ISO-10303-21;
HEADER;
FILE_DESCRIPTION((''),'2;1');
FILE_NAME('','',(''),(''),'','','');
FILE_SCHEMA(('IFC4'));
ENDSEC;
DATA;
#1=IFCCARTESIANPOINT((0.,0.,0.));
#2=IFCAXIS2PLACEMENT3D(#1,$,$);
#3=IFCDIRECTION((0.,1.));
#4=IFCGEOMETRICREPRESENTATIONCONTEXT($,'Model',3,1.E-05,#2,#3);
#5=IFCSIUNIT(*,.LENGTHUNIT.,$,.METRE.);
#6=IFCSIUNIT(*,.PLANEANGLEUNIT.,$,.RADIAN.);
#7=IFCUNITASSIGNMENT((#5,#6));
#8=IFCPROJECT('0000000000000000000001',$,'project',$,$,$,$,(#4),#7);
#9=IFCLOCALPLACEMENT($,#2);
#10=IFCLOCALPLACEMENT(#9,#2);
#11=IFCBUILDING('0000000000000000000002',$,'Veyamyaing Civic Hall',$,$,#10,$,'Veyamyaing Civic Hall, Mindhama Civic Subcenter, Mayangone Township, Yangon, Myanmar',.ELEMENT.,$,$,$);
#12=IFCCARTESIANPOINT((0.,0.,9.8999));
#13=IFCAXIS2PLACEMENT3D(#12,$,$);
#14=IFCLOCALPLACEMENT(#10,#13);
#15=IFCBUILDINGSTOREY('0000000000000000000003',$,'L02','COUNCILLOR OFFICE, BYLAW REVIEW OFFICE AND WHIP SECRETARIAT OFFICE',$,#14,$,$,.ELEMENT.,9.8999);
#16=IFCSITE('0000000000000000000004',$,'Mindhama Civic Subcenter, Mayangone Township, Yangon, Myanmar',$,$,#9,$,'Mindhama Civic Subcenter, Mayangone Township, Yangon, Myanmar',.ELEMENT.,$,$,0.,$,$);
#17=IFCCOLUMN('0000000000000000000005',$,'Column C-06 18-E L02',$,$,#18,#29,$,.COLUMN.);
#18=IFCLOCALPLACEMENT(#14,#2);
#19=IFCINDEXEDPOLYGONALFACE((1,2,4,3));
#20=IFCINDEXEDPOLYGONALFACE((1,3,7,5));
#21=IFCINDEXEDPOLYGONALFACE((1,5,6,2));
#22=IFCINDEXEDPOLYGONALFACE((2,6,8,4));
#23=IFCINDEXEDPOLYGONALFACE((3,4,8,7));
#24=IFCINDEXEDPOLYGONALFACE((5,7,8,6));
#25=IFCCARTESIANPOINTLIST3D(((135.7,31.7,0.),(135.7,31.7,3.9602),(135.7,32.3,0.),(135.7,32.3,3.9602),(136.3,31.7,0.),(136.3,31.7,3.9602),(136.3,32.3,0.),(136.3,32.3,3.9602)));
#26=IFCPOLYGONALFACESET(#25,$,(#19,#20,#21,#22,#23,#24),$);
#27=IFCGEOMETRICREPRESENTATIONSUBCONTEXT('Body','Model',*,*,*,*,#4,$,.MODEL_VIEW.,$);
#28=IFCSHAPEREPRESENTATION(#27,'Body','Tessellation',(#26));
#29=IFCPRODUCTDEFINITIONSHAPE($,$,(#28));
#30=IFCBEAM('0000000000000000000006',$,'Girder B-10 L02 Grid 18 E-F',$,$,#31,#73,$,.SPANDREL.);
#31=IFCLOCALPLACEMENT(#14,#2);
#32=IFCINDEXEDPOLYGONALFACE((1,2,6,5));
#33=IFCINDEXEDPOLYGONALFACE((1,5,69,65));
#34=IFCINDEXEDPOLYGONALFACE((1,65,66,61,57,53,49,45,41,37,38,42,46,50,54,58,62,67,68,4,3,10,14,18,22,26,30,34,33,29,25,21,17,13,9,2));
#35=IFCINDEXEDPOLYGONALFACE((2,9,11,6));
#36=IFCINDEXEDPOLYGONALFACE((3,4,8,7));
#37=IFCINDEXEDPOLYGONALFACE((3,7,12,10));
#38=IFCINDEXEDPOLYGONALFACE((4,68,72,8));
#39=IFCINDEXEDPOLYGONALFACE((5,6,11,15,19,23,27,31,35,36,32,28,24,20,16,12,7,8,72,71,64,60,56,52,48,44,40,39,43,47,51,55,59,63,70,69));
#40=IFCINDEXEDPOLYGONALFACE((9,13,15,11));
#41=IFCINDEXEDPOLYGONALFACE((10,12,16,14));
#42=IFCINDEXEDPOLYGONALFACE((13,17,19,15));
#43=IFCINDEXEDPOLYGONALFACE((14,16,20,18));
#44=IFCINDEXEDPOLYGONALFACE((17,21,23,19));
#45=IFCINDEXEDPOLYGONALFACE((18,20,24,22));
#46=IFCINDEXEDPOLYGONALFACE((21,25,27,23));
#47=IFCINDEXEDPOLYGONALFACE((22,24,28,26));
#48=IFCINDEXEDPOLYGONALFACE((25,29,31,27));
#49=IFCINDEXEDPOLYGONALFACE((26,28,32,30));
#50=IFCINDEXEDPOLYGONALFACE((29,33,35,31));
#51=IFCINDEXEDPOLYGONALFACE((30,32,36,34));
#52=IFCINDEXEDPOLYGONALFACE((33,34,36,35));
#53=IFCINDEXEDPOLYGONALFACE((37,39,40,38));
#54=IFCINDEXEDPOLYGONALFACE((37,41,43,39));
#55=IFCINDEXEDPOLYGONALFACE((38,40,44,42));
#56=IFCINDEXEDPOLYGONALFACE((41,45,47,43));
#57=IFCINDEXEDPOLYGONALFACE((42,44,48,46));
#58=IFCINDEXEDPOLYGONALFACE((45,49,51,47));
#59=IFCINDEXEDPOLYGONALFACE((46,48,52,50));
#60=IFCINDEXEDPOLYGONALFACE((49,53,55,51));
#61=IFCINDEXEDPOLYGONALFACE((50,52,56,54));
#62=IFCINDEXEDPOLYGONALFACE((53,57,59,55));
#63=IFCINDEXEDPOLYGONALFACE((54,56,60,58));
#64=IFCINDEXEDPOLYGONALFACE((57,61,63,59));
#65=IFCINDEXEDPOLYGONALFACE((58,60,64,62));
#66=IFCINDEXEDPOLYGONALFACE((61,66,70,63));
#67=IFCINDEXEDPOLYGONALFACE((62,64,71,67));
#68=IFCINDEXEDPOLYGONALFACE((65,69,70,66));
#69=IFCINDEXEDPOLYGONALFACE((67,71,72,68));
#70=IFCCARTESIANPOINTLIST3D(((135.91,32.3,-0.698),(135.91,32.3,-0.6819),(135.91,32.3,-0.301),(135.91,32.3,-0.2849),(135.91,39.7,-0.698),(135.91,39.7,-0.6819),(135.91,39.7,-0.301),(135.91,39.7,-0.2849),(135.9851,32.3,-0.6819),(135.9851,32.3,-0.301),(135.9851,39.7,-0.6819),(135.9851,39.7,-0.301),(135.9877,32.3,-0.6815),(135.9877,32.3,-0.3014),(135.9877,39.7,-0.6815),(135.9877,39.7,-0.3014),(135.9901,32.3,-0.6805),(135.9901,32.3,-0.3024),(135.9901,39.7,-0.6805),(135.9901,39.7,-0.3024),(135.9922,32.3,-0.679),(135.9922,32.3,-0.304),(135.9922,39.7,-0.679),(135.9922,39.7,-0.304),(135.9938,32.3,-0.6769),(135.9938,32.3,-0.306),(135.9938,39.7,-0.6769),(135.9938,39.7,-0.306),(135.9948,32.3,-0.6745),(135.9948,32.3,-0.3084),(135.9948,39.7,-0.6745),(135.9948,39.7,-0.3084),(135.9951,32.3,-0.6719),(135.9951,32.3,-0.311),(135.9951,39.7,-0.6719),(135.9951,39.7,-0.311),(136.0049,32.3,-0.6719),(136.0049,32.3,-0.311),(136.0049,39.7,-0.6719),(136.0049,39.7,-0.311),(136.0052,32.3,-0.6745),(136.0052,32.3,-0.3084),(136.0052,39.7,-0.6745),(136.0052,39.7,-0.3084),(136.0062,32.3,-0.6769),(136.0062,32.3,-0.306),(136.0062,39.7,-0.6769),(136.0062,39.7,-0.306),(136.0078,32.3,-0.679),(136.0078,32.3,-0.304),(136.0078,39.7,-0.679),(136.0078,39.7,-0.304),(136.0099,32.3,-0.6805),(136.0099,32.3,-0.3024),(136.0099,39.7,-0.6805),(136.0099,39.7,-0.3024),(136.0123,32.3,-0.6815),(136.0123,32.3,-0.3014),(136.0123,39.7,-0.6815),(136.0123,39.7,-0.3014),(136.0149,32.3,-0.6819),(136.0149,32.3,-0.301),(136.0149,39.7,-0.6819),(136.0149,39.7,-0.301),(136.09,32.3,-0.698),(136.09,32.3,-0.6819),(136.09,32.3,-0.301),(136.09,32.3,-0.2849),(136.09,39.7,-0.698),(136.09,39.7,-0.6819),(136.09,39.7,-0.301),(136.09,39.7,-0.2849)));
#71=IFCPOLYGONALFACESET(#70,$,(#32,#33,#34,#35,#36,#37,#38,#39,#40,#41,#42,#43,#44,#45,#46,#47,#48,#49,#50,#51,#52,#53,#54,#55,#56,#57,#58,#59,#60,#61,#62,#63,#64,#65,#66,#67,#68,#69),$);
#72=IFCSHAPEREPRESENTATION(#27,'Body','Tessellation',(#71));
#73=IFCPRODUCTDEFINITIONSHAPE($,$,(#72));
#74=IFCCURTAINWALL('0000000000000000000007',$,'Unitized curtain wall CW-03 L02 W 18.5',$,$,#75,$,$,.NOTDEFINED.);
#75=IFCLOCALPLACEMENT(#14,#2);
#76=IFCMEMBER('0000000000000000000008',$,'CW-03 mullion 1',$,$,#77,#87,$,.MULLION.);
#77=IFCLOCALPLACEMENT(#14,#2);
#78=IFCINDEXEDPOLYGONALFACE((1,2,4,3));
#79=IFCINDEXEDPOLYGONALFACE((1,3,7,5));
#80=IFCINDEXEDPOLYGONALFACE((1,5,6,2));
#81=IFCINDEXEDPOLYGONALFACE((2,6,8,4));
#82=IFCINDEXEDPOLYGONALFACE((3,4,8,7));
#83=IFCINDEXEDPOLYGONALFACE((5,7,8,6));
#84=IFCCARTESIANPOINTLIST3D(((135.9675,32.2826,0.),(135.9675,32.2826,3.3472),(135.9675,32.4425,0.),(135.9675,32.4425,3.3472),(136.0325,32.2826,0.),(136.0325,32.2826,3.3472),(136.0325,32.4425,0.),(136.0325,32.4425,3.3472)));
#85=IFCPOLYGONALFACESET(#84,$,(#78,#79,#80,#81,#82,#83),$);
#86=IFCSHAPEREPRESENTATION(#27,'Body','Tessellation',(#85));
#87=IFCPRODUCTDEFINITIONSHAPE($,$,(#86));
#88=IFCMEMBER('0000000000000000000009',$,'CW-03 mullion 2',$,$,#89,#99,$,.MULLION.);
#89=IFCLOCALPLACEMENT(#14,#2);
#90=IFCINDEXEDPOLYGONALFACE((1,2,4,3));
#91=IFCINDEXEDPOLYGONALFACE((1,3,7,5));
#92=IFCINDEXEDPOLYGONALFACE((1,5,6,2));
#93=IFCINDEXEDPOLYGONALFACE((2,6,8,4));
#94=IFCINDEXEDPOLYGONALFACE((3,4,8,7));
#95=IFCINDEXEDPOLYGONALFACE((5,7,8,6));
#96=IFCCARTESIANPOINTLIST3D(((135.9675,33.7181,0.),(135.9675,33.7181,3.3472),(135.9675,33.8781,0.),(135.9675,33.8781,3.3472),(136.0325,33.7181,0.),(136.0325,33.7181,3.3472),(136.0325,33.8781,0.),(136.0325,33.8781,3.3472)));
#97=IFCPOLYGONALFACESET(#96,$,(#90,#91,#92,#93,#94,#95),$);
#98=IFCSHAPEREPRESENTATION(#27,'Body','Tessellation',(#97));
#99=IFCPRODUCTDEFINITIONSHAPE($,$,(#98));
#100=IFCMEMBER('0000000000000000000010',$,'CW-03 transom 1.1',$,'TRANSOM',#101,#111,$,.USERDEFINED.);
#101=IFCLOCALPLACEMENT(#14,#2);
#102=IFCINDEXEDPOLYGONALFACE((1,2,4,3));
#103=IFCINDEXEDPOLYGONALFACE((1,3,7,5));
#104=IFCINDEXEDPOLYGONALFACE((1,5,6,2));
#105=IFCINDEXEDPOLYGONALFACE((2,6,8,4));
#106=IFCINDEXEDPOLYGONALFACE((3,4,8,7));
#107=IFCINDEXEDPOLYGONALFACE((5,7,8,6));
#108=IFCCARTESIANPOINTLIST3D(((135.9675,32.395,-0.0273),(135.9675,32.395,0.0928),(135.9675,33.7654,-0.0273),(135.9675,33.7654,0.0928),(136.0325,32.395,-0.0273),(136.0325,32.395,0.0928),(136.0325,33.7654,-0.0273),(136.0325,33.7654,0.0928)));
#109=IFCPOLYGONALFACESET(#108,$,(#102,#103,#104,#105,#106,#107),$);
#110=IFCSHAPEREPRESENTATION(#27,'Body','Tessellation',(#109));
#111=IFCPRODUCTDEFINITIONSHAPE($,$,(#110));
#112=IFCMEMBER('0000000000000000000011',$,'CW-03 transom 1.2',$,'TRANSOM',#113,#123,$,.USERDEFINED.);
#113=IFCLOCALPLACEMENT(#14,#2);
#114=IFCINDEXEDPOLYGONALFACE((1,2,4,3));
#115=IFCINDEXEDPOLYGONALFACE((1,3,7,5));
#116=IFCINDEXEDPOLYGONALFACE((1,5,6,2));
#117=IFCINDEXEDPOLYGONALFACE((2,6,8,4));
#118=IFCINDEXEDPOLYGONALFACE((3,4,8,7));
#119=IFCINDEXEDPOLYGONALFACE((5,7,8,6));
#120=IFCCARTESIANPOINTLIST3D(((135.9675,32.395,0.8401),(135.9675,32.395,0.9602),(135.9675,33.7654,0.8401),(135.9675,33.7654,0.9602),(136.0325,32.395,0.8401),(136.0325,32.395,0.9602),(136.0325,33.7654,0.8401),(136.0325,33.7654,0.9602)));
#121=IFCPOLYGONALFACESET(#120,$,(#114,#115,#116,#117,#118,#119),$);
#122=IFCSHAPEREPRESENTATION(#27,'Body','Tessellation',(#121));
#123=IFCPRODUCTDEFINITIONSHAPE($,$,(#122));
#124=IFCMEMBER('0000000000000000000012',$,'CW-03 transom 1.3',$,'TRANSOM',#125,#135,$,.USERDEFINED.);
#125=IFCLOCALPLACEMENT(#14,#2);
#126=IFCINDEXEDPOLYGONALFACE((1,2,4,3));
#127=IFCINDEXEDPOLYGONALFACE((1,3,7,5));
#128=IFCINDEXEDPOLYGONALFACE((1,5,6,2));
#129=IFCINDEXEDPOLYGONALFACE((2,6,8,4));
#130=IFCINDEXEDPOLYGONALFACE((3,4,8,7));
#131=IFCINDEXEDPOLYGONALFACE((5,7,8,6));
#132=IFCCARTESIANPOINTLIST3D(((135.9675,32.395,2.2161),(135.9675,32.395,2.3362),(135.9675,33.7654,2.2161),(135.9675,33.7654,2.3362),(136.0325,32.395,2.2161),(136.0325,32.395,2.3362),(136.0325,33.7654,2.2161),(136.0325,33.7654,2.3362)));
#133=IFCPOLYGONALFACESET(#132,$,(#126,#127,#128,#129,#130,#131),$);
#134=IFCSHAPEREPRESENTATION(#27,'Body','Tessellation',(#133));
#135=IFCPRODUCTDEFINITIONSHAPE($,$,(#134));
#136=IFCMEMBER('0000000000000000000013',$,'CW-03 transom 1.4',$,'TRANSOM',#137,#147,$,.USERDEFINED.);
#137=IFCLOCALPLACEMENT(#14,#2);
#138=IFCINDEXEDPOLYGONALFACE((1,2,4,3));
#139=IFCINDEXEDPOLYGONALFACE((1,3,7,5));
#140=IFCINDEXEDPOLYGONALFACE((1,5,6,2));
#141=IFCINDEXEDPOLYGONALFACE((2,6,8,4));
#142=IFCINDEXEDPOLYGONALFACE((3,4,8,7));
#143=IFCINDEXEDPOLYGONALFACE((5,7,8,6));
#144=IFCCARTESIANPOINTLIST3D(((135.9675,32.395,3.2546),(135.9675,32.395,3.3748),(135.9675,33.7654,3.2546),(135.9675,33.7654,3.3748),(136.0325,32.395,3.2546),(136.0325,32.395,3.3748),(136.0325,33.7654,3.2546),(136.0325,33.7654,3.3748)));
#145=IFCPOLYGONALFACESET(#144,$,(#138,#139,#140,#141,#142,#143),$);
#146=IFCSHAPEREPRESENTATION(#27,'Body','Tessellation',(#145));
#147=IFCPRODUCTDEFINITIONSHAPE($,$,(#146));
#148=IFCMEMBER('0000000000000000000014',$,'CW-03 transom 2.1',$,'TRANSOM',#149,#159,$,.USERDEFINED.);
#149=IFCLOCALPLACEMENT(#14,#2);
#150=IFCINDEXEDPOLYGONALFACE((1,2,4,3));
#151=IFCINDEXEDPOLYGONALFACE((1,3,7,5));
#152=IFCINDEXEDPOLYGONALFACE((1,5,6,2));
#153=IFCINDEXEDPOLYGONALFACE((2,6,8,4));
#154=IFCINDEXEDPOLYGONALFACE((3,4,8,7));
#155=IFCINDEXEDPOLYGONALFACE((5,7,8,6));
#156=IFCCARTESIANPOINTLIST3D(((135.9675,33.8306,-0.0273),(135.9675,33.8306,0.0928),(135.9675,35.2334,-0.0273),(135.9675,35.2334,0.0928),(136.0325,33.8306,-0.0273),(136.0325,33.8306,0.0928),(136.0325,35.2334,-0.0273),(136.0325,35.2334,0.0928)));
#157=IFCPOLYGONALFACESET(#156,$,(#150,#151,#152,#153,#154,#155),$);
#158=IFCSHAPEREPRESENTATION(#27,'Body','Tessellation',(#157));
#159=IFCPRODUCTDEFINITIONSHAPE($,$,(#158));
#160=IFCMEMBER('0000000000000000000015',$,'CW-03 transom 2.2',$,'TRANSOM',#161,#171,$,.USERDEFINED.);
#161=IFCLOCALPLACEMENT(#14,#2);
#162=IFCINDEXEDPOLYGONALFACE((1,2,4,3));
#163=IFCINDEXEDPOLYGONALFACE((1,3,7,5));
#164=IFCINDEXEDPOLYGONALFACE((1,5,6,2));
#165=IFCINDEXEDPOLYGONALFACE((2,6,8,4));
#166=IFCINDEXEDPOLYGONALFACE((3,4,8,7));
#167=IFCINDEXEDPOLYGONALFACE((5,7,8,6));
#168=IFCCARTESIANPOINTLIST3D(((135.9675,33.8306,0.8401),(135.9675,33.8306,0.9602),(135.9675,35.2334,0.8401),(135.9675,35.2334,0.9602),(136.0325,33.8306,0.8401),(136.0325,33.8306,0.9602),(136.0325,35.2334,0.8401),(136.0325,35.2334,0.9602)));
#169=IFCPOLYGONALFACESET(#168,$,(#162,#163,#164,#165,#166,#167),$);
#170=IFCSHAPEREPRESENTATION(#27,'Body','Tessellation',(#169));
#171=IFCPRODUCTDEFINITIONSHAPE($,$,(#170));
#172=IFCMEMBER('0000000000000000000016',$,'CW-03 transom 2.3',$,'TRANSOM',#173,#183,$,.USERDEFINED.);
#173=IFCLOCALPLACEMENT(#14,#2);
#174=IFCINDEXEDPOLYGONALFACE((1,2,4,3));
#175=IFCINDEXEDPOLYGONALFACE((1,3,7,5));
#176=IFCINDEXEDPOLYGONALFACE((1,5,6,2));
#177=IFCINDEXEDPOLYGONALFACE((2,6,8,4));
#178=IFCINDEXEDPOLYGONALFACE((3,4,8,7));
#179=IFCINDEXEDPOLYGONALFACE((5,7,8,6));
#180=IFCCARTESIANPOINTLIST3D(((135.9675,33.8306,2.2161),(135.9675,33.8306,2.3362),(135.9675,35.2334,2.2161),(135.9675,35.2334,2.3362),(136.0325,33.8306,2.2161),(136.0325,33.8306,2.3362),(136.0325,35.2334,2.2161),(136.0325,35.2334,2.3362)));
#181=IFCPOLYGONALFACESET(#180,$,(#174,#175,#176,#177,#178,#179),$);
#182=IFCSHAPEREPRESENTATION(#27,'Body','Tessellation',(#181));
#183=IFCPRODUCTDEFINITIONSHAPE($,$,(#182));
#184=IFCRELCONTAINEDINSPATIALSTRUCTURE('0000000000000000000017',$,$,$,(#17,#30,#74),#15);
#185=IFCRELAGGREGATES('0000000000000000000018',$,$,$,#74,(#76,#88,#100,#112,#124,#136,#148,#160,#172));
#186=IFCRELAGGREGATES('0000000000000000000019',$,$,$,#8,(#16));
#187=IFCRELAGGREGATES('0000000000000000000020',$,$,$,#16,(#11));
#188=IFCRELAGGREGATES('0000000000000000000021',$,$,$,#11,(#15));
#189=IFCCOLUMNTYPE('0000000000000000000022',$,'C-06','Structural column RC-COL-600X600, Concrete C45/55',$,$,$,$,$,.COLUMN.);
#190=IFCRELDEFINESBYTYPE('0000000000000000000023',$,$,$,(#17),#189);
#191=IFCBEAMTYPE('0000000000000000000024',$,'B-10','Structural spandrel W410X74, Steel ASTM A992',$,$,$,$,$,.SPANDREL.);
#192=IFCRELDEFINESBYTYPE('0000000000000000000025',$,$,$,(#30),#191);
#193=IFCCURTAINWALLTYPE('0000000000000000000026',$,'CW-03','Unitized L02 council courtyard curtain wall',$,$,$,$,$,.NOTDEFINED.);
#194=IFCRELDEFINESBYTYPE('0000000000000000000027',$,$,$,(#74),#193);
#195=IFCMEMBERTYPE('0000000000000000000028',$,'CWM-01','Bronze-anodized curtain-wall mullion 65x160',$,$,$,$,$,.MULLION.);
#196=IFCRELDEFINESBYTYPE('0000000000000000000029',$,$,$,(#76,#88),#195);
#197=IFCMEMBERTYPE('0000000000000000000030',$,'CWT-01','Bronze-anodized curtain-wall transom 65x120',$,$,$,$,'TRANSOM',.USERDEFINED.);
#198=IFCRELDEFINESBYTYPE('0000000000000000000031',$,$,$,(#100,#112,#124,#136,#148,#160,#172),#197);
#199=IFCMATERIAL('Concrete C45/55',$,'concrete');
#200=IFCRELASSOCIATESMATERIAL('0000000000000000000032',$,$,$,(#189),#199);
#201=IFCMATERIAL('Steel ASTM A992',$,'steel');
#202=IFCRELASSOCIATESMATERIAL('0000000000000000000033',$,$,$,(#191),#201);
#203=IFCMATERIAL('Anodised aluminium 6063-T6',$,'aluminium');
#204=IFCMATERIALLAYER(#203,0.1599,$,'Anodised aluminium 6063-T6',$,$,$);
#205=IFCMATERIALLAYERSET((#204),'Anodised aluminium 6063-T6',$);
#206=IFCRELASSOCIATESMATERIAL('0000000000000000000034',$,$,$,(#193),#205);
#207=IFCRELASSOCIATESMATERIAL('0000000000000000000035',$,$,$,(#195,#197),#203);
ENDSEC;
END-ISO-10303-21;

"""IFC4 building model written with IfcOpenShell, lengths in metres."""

from ifc_helpers import new_model, si_unit, direction, frame, origin, origin_2d, place, context, subcontext, project, spatial, rectangle, i_section, extrude, material, layer, layer_set, material_profile, profile_set, type_object, element, aggregate, save


model = new_model("IFC4")

# Units and contexts
model_context = context("Model", 3, precision=1e-05, world=origin(), true_north=direction((0.0, 1.0)))
body_context = subcontext(model_context, "Body", "Model", "MODEL_VIEW")
ifc_project = project(units=[si_unit("LENGTHUNIT", "METRE"), si_unit("PLANEANGLEUNIT", "RADIAN")], contexts=[model_context])

# Site, building, storey
site_placement = place(None, origin())
site = spatial("IfcSite", under=ifc_project, at=site_placement, Name="Mindhama Civic Subcenter, Mayangone Township, Yangon, Myanmar", LongName="Mindhama Civic Subcenter, Mayangone Township, Yangon, Myanmar", CompositionType="ELEMENT", RefElevation=0.0)
building_placement = place(site_placement, origin())
building = spatial("IfcBuilding", under=site, at=building_placement, Name="Veyamyaing Civic Hall", LongName="Veyamyaing Civic Hall, Mindhama Civic Subcenter, Mayangone Township, Yangon, Myanmar", CompositionType="ELEMENT")
storey_placement = place(building_placement, frame((0.0, 0.0, 9.8999)))
storey = spatial("IfcBuildingStorey", under=building, at=storey_placement, Name="L02", Description="COUNCILLOR OFFICE, BYLAW REVIEW OFFICE AND WHIP SECRETARIAT OFFICE", CompositionType="ELEMENT", Elevation=9.8999)

# Column
ifc_material_1 = material(Name="Concrete C45/55", Category="concrete")
ifc_material_profile_1 = material_profile(ifc_material_1, rectangle(XDim=0.6001, YDim=0.6001, at=origin_2d()), Name="RC-COL-600X600")
ifc_profile_set_1 = profile_set([ifc_material_profile_1], Name="Concrete C45/55")
column_type = type_object("IfcColumnType", Name="C-06", Description="Structural column RC-COL-600X600, Concrete C45/55", PredefinedType="COLUMN", material=ifc_profile_set_1)
column_placement = place(storey_placement, frame((136.0, 32.0, 0.0), z_axis=(0.0, 0.0, 1.0), x_axis=(1.0, 0.0, 0.0)))
element("IfcColumn", 1, at=column_placement, inside=storey, type_object=column_type, Name="Column C-06 18-E L02", PredefinedType="COLUMN", context=body_context, shape_type="SweptSolid", body=[
    extrude(rectangle(XDim=0.6001, YDim=0.6001, at=origin_2d()), origin(), (0.0, 0.0, 1.0), 3.9602),
])

# Beam
ifc_material_2 = material(Name="Steel ASTM A992", Category="steel")
ifc_material_profile_2 = material_profile(ifc_material_2, i_section(OverallWidth=0.1799, OverallDepth=0.4131, WebThickness=0.0098, FlangeThickness=0.0161, FilletRadius=0.01, at=origin_2d()), Name="W410X74")
ifc_profile_set_2 = profile_set([ifc_material_profile_2], Name="Steel ASTM A992")
beam_type = type_object("IfcBeamType", Name="B-10", Description="Structural spandrel W410X74, Steel ASTM A992", PredefinedType="SPANDREL", material=ifc_profile_set_2)
beam_placement = place(storey_placement, frame((136.0, 32.3, -0.4915), z_axis=(0.0, 1.0, 0.0), x_axis=(-1.0, 0.0, 0.0)))
element("IfcBeam", 2, at=beam_placement, inside=storey, type_object=beam_type, Name="Girder B-10 L02 Grid 18 E-F", PredefinedType="SPANDREL", context=body_context, shape_type="SweptSolid", body=[
    extrude(i_section(OverallWidth=0.1799, OverallDepth=0.4131, WebThickness=0.0098, FlangeThickness=0.0161, FilletRadius=0.01, at=origin_2d()), origin(), (0.0, 0.0, 1.0), 7.3999),
])

# Curtain wall, members
ifc_material_3 = material(Name="Anodised aluminium 6063-T6", Category="aluminium")
ifc_layer_1 = layer(ifc_material_3, 0.1599, Name="Anodised aluminium 6063-T6")
ifc_layer_set_1 = layer_set([ifc_layer_1], Name="Anodised aluminium 6063-T6")
curtain_wall_type = type_object("IfcCurtainWallType", Name="CW-03", Description="Unitized L02 council courtyard curtain wall", PredefinedType="NOTDEFINED", material=ifc_layer_set_1)
curtain_wall_placement = place(storey_placement, origin())
curtain_wall = element("IfcCurtainWall", 3, at=curtain_wall_placement, inside=storey, type_object=curtain_wall_type, Name="Unitized curtain wall CW-03 L02 W 18.5", PredefinedType="NOTDEFINED")
ifc_material_profile_3 = material_profile(ifc_material_3, rectangle(XDim=0.0649, YDim=0.1599, at=origin_2d()), Name="ALU-MUL-65X160")
ifc_profile_set_3 = profile_set([ifc_material_profile_3], Name="Anodised aluminium 6063-T6")
member_type_1 = type_object("IfcMemberType", Name="CWM-01", Description="Bronze-anodized curtain-wall mullion 65x160", PredefinedType="MULLION", material=ifc_profile_set_3)
member_1_placement = place(storey_placement, frame((136.0, 32.3625, 0.0), z_axis=(0.0, 0.0, 1.0), x_axis=(-1.0, 0.0, 0.0)))
member_1 = element("IfcMember", 4, at=member_1_placement, type_object=member_type_1, Name="CW-03 mullion 1", PredefinedType="MULLION", context=body_context, shape_type="SweptSolid", body=[
    extrude(rectangle(XDim=0.0649, YDim=0.1599, at=origin_2d()), origin(), (0.0, 0.0, 1.0), 3.3472),
])
member_2_placement = place(storey_placement, frame((136.0, 33.7981, 0.0), z_axis=(0.0, 0.0, 1.0), x_axis=(-1.0, 0.0, 0.0)))
member_2 = element("IfcMember", 5, at=member_2_placement, type_object=member_type_1, Name="CW-03 mullion 2", PredefinedType="MULLION", context=body_context, shape_type="SweptSolid", body=[
    extrude(rectangle(XDim=0.0649, YDim=0.1599, at=origin_2d()), origin(), (0.0, 0.0, 1.0), 3.3472),
])
ifc_material_profile_4 = material_profile(ifc_material_3, rectangle(XDim=0.0649, YDim=0.1201, at=origin_2d()), Name="ALU-TRN-65X120")
ifc_profile_set_4 = profile_set([ifc_material_profile_4], Name="Anodised aluminium 6063-T6")
member_type_2 = type_object("IfcMemberType", Name="CWT-01", Description="Bronze-anodized curtain-wall transom 65x120", ElementType="TRANSOM", PredefinedType="USERDEFINED", material=ifc_profile_set_4)
member_3_placement = place(storey_placement, frame((136.0, 32.395, 0.0327), z_axis=(0.0, 1.0, 0.0), x_axis=(-1.0, 0.0, 0.0)))
member_3 = element("IfcMember", 6, at=member_3_placement, type_object=member_type_2, Name="CW-03 transom 1.1", ObjectType="TRANSOM", PredefinedType="USERDEFINED", context=body_context, shape_type="SweptSolid", body=[
    extrude(rectangle(XDim=0.0649, YDim=0.1201, at=origin_2d()), origin(), (0.0, 0.0, 1.0), 1.3704),
])
member_4_placement = place(storey_placement, frame((136.0, 32.395, 0.9001), z_axis=(0.0, 1.0, 0.0), x_axis=(-1.0, 0.0, 0.0)))
member_4 = element("IfcMember", 7, at=member_4_placement, type_object=member_type_2, Name="CW-03 transom 1.2", ObjectType="TRANSOM", PredefinedType="USERDEFINED", context=body_context, shape_type="SweptSolid", body=[
    extrude(rectangle(XDim=0.0649, YDim=0.1201, at=origin_2d()), origin(), (0.0, 0.0, 1.0), 1.3704),
])
member_5_placement = place(storey_placement, frame((136.0, 32.395, 2.2761), z_axis=(0.0, 1.0, 0.0), x_axis=(-1.0, 0.0, 0.0)))
member_5 = element("IfcMember", 8, at=member_5_placement, type_object=member_type_2, Name="CW-03 transom 1.3", ObjectType="TRANSOM", PredefinedType="USERDEFINED", context=body_context, shape_type="SweptSolid", body=[
    extrude(rectangle(XDim=0.0649, YDim=0.1201, at=origin_2d()), origin(), (0.0, 0.0, 1.0), 1.3704),
])
member_6_placement = place(storey_placement, frame((136.0, 32.395, 3.3147), z_axis=(0.0, 1.0, 0.0), x_axis=(-1.0, 0.0, 0.0)))
member_6 = element("IfcMember", 9, at=member_6_placement, type_object=member_type_2, Name="CW-03 transom 1.4", ObjectType="TRANSOM", PredefinedType="USERDEFINED", context=body_context, shape_type="SweptSolid", body=[
    extrude(rectangle(XDim=0.0649, YDim=0.1201, at=origin_2d()), origin(), (0.0, 0.0, 1.0), 1.3704),
])
member_7_placement = place(storey_placement, frame((136.0, 33.8306, 0.0327), z_axis=(0.0, 1.0, 0.0), x_axis=(-1.0, 0.0, 0.0)))
member_7 = element("IfcMember", 10, at=member_7_placement, type_object=member_type_2, Name="CW-03 transom 2.1", ObjectType="TRANSOM", PredefinedType="USERDEFINED", context=body_context, shape_type="SweptSolid", body=[
    extrude(rectangle(XDim=0.0649, YDim=0.1201, at=origin_2d()), origin(), (0.0, 0.0, 1.0), 1.4028),
])
member_8_placement = place(storey_placement, frame((136.0, 33.8306, 0.9001), z_axis=(0.0, 1.0, 0.0), x_axis=(-1.0, 0.0, 0.0)))
member_8 = element("IfcMember", 11, at=member_8_placement, type_object=member_type_2, Name="CW-03 transom 2.2", ObjectType="TRANSOM", PredefinedType="USERDEFINED", context=body_context, shape_type="SweptSolid", body=[
    extrude(rectangle(XDim=0.0649, YDim=0.1201, at=origin_2d()), origin(), (0.0, 0.0, 1.0), 1.4028),
])
member_9_placement = place(storey_placement, frame((136.0, 33.8306, 2.2761), z_axis=(0.0, 1.0, 0.0), x_axis=(-1.0, 0.0, 0.0)))
member_9 = element("IfcMember", 12, at=member_9_placement, type_object=member_type_2, Name="CW-03 transom 2.3", ObjectType="TRANSOM", PredefinedType="USERDEFINED", context=body_context, shape_type="SweptSolid", body=[
    extrude(rectangle(XDim=0.0649, YDim=0.1201, at=origin_2d()), origin(), (0.0, 0.0, 1.0), 1.4028),
])
aggregate(curtain_wall, [member_1, member_2, member_3, member_4, member_5, member_6, member_7, member_8, member_9])

save(model, "model.ifc")
